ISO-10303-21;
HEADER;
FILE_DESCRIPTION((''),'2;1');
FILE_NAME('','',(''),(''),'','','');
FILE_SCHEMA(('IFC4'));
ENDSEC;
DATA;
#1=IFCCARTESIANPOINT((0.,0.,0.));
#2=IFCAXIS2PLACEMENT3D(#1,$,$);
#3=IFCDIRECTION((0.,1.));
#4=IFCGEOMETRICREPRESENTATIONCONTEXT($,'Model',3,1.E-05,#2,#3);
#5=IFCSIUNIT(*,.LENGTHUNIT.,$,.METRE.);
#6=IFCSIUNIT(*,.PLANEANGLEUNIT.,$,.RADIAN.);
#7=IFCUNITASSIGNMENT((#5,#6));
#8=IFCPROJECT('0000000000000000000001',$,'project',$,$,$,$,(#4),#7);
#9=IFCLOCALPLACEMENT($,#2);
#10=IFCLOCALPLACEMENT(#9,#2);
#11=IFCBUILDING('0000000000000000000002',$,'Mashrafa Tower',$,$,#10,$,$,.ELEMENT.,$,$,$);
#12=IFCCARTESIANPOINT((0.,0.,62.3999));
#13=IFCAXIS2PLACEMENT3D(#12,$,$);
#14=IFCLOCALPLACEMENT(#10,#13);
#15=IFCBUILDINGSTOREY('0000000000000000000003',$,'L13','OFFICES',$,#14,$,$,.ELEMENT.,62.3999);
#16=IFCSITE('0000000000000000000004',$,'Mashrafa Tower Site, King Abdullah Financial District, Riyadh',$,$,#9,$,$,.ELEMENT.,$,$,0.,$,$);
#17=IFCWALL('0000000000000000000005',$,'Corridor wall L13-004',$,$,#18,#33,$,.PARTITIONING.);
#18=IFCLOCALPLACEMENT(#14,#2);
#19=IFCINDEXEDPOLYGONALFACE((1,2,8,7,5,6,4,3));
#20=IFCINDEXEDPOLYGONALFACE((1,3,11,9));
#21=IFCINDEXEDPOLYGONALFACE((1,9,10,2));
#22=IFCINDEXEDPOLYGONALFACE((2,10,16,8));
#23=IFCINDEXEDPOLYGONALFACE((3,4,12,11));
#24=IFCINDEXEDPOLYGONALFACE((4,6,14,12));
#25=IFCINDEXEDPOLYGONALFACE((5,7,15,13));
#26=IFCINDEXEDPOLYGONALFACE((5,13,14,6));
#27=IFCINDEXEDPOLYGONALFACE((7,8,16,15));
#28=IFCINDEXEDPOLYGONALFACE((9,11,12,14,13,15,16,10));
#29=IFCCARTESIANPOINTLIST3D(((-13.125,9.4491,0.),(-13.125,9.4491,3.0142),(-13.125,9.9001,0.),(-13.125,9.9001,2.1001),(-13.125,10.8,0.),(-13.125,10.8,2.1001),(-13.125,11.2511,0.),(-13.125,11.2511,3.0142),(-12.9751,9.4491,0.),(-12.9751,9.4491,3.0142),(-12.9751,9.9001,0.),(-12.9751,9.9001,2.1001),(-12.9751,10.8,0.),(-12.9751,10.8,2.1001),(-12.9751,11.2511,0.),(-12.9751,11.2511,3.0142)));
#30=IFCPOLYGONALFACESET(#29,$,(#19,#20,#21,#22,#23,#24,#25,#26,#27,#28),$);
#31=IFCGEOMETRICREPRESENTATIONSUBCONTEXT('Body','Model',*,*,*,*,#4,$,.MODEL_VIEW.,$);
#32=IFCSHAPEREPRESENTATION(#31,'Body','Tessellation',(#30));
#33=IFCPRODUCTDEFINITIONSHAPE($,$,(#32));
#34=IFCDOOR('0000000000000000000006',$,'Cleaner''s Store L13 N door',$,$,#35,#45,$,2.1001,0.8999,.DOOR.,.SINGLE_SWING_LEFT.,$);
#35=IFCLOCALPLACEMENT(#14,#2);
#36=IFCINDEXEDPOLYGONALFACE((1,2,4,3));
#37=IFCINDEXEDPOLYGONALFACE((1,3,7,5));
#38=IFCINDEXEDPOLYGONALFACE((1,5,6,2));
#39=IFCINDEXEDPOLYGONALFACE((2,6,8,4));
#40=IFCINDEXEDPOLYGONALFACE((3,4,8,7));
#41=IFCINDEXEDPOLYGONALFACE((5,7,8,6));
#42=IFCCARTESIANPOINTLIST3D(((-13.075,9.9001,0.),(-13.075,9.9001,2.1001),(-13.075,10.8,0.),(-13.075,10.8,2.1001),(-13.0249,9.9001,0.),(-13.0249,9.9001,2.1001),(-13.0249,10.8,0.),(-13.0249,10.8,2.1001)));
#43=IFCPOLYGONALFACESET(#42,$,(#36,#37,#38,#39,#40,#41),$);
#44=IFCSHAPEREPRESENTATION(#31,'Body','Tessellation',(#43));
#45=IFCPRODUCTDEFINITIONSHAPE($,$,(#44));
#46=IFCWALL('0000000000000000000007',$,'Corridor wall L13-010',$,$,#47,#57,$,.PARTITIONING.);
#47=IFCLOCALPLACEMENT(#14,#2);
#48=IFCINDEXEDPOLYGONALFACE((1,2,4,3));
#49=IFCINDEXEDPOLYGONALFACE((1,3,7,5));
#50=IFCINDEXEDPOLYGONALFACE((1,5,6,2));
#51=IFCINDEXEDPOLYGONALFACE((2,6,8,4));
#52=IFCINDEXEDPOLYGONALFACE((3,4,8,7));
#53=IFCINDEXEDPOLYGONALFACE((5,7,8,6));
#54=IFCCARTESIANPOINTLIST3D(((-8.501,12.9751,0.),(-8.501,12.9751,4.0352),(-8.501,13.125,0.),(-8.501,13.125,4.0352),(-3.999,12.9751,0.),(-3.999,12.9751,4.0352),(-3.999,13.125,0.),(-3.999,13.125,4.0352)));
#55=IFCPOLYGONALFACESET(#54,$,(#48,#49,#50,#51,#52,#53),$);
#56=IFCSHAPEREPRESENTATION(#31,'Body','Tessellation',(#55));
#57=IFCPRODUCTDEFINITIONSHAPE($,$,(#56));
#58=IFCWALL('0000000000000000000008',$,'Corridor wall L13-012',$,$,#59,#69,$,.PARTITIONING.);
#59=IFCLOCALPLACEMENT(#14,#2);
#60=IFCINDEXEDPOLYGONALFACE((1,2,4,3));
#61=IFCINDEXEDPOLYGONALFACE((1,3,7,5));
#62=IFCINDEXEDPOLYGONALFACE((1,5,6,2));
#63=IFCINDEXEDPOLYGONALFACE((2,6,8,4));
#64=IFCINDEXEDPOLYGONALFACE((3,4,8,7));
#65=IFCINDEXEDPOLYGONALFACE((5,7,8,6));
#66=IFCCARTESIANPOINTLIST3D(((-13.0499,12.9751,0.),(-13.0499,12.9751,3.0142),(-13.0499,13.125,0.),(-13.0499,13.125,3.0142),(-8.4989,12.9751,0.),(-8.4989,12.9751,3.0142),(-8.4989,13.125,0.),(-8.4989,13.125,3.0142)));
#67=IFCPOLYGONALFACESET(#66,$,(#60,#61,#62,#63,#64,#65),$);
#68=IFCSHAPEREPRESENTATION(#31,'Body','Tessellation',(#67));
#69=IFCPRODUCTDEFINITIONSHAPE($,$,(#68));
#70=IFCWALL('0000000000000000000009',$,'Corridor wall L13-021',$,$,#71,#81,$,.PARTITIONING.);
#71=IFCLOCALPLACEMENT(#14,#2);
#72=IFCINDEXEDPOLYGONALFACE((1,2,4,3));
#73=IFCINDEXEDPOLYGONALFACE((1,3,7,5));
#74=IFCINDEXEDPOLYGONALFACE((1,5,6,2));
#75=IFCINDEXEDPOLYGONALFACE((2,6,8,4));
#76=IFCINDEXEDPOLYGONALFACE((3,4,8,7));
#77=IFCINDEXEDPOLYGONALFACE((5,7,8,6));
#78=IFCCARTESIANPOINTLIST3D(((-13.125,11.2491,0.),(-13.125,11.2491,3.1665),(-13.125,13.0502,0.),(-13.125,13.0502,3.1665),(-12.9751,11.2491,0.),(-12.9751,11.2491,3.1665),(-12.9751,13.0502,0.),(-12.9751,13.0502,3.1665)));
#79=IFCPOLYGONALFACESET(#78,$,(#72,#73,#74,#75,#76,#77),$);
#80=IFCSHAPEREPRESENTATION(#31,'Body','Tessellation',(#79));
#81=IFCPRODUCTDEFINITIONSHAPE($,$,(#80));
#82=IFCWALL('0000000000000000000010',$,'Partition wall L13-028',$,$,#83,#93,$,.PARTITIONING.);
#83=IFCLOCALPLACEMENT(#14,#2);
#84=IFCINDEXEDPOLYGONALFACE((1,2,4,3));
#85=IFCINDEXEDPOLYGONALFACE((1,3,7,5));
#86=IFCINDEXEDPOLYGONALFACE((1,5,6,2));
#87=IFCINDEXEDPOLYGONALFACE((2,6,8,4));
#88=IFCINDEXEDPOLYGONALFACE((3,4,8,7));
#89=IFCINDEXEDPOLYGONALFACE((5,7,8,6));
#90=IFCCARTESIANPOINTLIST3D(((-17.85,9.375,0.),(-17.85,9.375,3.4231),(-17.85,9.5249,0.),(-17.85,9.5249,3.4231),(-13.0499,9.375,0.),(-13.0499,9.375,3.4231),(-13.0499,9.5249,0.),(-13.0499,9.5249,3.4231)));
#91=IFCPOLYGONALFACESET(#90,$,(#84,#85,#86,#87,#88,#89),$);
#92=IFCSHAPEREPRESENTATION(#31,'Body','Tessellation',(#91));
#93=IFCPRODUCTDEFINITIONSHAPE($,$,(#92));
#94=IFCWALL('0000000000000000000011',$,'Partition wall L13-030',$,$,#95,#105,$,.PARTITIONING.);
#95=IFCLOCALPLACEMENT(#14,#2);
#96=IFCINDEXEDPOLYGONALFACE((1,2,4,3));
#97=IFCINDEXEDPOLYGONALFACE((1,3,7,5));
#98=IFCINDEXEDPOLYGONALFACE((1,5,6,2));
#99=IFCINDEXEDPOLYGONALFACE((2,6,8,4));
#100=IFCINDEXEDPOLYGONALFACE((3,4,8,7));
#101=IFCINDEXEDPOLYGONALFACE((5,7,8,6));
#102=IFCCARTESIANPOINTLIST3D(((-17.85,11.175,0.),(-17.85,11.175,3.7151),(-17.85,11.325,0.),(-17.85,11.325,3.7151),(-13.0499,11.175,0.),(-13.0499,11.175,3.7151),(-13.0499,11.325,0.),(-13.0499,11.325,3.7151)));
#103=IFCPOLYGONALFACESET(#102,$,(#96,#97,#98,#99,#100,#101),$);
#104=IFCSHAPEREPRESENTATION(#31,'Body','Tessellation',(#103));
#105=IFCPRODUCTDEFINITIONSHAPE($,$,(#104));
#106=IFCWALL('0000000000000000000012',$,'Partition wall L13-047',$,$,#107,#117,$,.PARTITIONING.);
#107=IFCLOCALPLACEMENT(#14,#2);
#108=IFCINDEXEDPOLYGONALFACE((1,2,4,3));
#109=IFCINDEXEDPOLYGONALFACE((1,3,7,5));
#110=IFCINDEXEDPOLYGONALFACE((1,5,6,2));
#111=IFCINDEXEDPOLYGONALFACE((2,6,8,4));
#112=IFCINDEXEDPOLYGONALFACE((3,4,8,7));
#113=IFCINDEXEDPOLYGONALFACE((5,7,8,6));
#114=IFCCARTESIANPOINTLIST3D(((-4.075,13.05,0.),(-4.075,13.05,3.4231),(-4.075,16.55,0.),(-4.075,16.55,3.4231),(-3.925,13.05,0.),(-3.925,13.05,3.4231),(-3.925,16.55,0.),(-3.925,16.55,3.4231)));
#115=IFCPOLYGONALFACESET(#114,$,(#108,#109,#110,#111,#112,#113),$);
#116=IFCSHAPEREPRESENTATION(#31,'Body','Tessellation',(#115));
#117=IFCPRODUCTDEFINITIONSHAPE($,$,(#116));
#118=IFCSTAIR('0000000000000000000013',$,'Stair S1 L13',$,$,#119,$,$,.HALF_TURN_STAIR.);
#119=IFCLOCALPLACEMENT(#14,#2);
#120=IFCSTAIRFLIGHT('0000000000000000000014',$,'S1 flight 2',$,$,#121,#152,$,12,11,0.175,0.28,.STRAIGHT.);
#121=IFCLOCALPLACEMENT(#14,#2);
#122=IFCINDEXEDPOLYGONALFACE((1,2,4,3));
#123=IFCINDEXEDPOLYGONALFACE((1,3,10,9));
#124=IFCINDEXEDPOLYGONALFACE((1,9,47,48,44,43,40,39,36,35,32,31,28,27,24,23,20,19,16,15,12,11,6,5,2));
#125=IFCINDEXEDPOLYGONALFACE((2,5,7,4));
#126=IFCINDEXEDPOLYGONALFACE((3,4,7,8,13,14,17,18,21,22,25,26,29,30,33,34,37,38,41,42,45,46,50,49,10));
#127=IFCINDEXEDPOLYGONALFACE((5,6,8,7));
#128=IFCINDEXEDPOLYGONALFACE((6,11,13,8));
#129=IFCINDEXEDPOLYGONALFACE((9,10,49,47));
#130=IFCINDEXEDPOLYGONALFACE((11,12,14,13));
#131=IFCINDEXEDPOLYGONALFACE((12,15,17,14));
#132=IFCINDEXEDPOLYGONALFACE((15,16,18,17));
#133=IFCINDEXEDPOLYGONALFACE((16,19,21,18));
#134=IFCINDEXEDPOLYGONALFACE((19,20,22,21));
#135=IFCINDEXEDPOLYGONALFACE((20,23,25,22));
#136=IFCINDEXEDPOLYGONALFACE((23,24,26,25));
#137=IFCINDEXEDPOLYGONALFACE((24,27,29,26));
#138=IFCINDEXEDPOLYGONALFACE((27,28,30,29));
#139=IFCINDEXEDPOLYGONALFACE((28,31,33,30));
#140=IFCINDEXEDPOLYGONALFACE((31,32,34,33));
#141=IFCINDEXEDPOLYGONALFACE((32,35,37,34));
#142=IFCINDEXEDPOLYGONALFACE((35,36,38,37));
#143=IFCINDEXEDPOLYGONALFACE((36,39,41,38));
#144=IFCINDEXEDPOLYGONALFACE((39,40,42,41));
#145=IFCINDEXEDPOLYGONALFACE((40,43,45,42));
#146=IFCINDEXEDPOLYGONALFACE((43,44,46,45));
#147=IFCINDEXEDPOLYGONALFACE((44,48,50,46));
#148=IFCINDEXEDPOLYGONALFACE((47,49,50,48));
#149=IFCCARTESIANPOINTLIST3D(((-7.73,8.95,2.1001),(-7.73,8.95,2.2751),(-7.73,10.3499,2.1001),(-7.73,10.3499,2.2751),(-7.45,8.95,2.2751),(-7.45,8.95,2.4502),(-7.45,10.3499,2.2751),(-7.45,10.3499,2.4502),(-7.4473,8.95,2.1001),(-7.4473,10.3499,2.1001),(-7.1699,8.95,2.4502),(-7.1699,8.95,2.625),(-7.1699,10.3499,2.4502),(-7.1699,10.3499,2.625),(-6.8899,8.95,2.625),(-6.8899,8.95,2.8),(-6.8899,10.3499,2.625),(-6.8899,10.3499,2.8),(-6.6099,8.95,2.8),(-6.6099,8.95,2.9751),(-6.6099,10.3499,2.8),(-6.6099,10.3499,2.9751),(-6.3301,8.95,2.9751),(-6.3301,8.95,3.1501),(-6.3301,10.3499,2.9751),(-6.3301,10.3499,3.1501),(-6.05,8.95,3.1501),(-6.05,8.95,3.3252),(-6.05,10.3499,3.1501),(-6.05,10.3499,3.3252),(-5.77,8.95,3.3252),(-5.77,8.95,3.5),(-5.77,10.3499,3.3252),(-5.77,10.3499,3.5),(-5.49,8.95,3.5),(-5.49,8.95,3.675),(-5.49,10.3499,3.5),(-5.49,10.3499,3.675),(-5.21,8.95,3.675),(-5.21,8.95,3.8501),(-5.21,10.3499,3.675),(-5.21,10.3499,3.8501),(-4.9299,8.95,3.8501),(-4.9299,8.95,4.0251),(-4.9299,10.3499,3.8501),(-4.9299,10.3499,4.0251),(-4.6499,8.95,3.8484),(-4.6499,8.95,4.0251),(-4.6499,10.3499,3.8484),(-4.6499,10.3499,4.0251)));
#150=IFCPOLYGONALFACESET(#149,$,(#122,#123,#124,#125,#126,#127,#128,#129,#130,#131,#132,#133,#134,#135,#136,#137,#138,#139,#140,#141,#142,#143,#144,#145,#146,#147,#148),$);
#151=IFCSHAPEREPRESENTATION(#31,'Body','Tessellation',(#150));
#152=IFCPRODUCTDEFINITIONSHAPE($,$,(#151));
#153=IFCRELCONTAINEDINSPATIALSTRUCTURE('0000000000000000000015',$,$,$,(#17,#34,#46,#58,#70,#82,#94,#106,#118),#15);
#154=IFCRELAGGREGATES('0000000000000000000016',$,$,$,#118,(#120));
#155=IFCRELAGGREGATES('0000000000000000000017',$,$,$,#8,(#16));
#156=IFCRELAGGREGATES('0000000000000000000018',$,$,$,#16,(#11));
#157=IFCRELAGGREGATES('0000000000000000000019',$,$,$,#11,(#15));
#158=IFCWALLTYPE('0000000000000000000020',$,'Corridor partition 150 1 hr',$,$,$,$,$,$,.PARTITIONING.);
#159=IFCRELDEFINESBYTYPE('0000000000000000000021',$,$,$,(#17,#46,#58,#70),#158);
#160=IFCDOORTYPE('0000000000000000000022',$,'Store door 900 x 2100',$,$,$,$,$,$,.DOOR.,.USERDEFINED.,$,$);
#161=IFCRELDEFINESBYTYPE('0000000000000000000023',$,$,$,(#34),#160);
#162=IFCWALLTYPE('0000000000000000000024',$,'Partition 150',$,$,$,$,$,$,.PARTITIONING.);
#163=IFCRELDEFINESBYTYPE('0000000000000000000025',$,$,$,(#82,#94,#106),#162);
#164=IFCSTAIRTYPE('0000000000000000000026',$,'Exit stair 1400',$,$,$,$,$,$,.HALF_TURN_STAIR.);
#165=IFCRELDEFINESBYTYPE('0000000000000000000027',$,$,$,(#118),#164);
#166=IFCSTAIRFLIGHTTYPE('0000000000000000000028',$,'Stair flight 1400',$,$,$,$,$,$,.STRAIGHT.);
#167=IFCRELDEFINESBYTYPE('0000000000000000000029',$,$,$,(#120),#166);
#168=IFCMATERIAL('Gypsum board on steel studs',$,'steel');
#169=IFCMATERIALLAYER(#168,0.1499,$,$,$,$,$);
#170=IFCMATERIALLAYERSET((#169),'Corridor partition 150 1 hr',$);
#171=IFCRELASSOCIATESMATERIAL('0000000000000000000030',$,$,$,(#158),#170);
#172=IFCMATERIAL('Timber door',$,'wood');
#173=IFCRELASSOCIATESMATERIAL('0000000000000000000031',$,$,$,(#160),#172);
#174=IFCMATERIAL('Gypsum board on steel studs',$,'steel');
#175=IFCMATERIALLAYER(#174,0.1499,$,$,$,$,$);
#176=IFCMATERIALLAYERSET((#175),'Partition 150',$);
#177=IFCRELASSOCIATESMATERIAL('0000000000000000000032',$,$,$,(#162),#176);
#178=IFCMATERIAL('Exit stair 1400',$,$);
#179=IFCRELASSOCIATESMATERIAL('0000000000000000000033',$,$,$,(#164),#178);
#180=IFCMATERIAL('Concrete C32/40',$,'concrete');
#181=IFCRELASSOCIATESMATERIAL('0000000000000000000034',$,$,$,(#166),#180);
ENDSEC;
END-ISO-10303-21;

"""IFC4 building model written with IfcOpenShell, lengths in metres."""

from ifc_helpers import new_model, si_unit, direction, frame, frame_2d, origin, place, context, subcontext, project, spatial, polyline, rectangle, outline, extrude, material, layer, layer_set, type_object, element, fill, aggregate, save


model = new_model("IFC4")

# Units and contexts
model_context = context("Model", 3, precision=1e-05, world=origin(), true_north=direction((0.0, 1.0)))
body_context = subcontext(model_context, "Body", "Model", "MODEL_VIEW")
ifc_project = project(units=[si_unit("LENGTHUNIT", "METRE"), si_unit("PLANEANGLEUNIT", "RADIAN")], contexts=[model_context])

# Site, building, storey
site_placement = place(None, origin())
site = spatial("IfcSite", under=ifc_project, at=site_placement, Name="Mashrafa Tower Site, King Abdullah Financial District, Riyadh", CompositionType="ELEMENT", RefElevation=0.0)
building_placement = place(site_placement, origin())
building = spatial("IfcBuilding", under=site, at=building_placement, Name="Mashrafa Tower", CompositionType="ELEMENT")
storey_placement = place(building_placement, frame((0.0, 0.0, 62.3999)))
storey = spatial("IfcBuildingStorey", under=building, at=storey_placement, Name="L13", Description="OFFICES", CompositionType="ELEMENT", Elevation=62.3999)

# Wall, opening, door
ifc_material_1 = material(Name="Gypsum board on steel studs", Category="steel")
ifc_layer_1 = layer(ifc_material_1, 0.1499)
ifc_layer_set_1 = layer_set([ifc_layer_1], Name="Corridor partition 150 1 hr")
wall_type_1 = type_object("IfcWallType", Name="Corridor partition 150 1 hr", PredefinedType="PARTITIONING", material=ifc_layer_set_1)
wall_1_placement = place(storey_placement, frame((-13.05, 11.251, 0.0), z_axis=(0.0, 0.0, 1.0), x_axis=(0.0, -1.0, 0.0)))
wall_1 = element("IfcWall", 1, at=wall_1_placement, inside=storey, type_object=wall_type_1, Name="Corridor wall L13-004", PredefinedType="PARTITIONING", context=body_context, shape_type="SweptSolid", body=[
    extrude(rectangle(XDim=1.802, YDim=0.1499, at=frame_2d((0.9009, 0.0))), origin(), (0.0, 0.0, 1.0), 3.0142),
])
opening_1_placement = place(wall_1_placement, frame((0.4509, 0.0, 0.0)))
opening_1 = element("IfcOpeningElement", 2, at=opening_1_placement, cuts=wall_1, PredefinedType="OPENING", context=body_context, shape_type="SweptSolid", body=[
    extrude(rectangle(XDim=0.8999, YDim=2.1001, at=frame_2d((0.45, 1.05))), frame((0.0, 0.085, 0.0), z_axis=(0.0, -1.0, 0.0), x_axis=(1.0, 0.0, 0.0)), (0.0, 0.0, 1.0), 0.1699),
])
ifc_material_2 = material(Name="Timber door", Category="wood")
door_type_1 = type_object("IfcDoorType", Name="Store door 900 x 2100", OperationType="USERDEFINED", PredefinedType="DOOR", material=ifc_material_2)
door_1_placement = place(opening_1_placement, frame((0.8999, 0.0, 0.0), z_axis=(0.0, 0.0, 1.0), x_axis=(-1.0, 0.0, 0.0)))
door_1 = element("IfcDoor", 3, at=door_1_placement, inside=storey, type_object=door_type_1, Name="Cleaner's Store L13 N door", OperationType="SINGLE_SWING_LEFT", OverallHeight=2.1001, OverallWidth=0.8999, PredefinedType="DOOR", context=body_context, shape_type="SweptSolid", body=[
    extrude(rectangle(XDim=0.8999, YDim=2.1001, at=frame_2d((0.45, 1.05))), frame((0.0, 0.0249, 0.0), z_axis=(0.0, -1.0, 0.0), x_axis=(1.0, 0.0, 0.0)), (0.0, 0.0, 1.0), 0.05),
])
fill(opening_1, door_1)

# Walls
wall_2_placement = place(storey_placement, frame((-3.999, 13.05, 0.0), z_axis=(0.0, 0.0, 1.0), x_axis=(-1.0, 0.0, 0.0)))
element("IfcWall", 4, at=wall_2_placement, inside=storey, type_object=wall_type_1, Name="Corridor wall L13-010", PredefinedType="PARTITIONING", context=body_context, shape_type="SweptSolid", body=[
    extrude(rectangle(XDim=4.502, YDim=0.1499, at=frame_2d((2.251, 0.0))), origin(), (0.0, 0.0, 1.0), 4.0352),
])
wall_3_placement = place(storey_placement, frame((-8.499, 13.05, 0.0), z_axis=(0.0, 0.0, 1.0), x_axis=(-1.0, 0.0, 0.0)))
element("IfcWall", 5, at=wall_3_placement, inside=storey, type_object=wall_type_1, Name="Corridor wall L13-012", PredefinedType="PARTITIONING", context=body_context, shape_type="SweptSolid", body=[
    extrude(rectangle(XDim=4.551, YDim=0.1499, at=frame_2d((2.2754, 0.0))), origin(), (0.0, 0.0, 1.0), 3.0142),
])
wall_4_placement = place(storey_placement, frame((-13.05, 13.05, 0.0), z_axis=(0.0, 0.0, 1.0), x_axis=(0.0, -1.0, 0.0)))
element("IfcWall", 6, at=wall_4_placement, inside=storey, type_object=wall_type_1, Name="Corridor wall L13-021", PredefinedType="PARTITIONING", context=body_context, shape_type="SweptSolid", body=[
    extrude(rectangle(XDim=1.801, YDim=0.1499, at=frame_2d((0.9004, 0.0))), origin(), (0.0, 0.0, 1.0), 3.1665),
])
ifc_material_3 = material(Name="Gypsum board on steel studs", Category="steel")
ifc_layer_2 = layer(ifc_material_3, 0.1499)
ifc_layer_set_2 = layer_set([ifc_layer_2], Name="Partition 150")
wall_type_2 = type_object("IfcWallType", Name="Partition 150", PredefinedType="PARTITIONING", material=ifc_layer_set_2)
wall_5_placement = place(storey_placement, frame((-13.05, 9.45, 0.0), z_axis=(0.0, 0.0, 1.0), x_axis=(-1.0, 0.0, 0.0)))
element("IfcWall", 7, at=wall_5_placement, inside=storey, type_object=wall_type_2, Name="Partition wall L13-028", PredefinedType="PARTITIONING", context=body_context, shape_type="SweptSolid", body=[
    extrude(rectangle(XDim=4.8, YDim=0.1499, at=frame_2d((2.3999, 0.0))), origin(), (0.0, 0.0, 1.0), 3.4231),
])
wall_6_placement = place(storey_placement, frame((-13.05, 11.25, 0.0), z_axis=(0.0, 0.0, 1.0), x_axis=(-1.0, 0.0, 0.0)))
element("IfcWall", 8, at=wall_6_placement, inside=storey, type_object=wall_type_2, Name="Partition wall L13-030", PredefinedType="PARTITIONING", context=body_context, shape_type="SweptSolid", body=[
    extrude(rectangle(XDim=4.8, YDim=0.1499, at=frame_2d((2.3999, 0.0))), origin(), (0.0, 0.0, 1.0), 3.7151),
])
wall_7_placement = place(storey_placement, frame((-4.0, 13.05, 0.0), z_axis=(0.0, 0.0, 1.0), x_axis=(0.0, 1.0, 0.0)))
element("IfcWall", 9, at=wall_7_placement, inside=storey, type_object=wall_type_2, Name="Partition wall L13-047", PredefinedType="PARTITIONING", context=body_context, shape_type="SweptSolid", body=[
    extrude(rectangle(XDim=3.5, YDim=0.1499, at=frame_2d((1.75, 0.0))), origin(), (0.0, 0.0, 1.0), 3.4231),
])

# Stair, stair flight
ifc_material_4 = material(Name="Exit stair 1400")
stair_type = type_object("IfcStairType", Name="Exit stair 1400", PredefinedType="HALF_TURN_STAIR", material=ifc_material_4)
stair_placement = place(storey_placement, origin())
stair = element("IfcStair", 10, at=stair_placement, inside=storey, type_object=stair_type, Name="Stair S1 L13", PredefinedType="HALF_TURN_STAIR")
ifc_material_5 = material(Name="Concrete C32/40", Category="concrete")
stair_flight_type = type_object("IfcStairFlightType", Name="Stair flight 1400", PredefinedType="STRAIGHT", material=ifc_material_5)
stair_flight_placement = place(storey_placement, frame((-7.73, 9.6499, 2.1001), z_axis=(0.0, 0.0, 1.0), x_axis=(1.0, 0.0, 0.0)))
stair_flight = element("IfcStairFlight", 11, at=stair_flight_placement, type_object=stair_flight_type, Name="S1 flight 2", NumberOfRisers=12, NumberOfTreads=11, PredefinedType="STRAIGHT", RiserHeight=0.175, TreadLength=0.28, context=body_context, shape_type="SweptSolid", body=[
    extrude(outline(polyline([(0.0, 0.0), (0.0, 0.175), (0.28, 0.175), (0.28, 0.3501), (0.5601, 0.3501), (0.5601, 0.5249), (0.8401, 0.5249), (0.8401, 0.7), (1.1201, 0.7), (1.1201, 0.875), (1.3999, 0.875), (1.3999, 1.05), (1.6799, 1.05), (1.6799, 1.2251), (1.96, 1.2251), (1.96, 1.3999), (2.24, 1.3999), (2.24, 1.575), (2.52, 1.575), (2.52, 1.75), (2.8, 1.75), (2.8, 1.925), (3.0801, 1.925), (3.0801, 2.1001), (3.0801, 1.7483), (0.2827, 0.0), (0.0, 0.0)])), frame((0.0, 0.7, 0.0), z_axis=(0.0, -1.0, 0.0), x_axis=(1.0, 0.0, 0.0)), (0.0, 0.0, 1.0), 1.3999),
])
aggregate(stair, [stair_flight])

save(model, "model.ifc")
